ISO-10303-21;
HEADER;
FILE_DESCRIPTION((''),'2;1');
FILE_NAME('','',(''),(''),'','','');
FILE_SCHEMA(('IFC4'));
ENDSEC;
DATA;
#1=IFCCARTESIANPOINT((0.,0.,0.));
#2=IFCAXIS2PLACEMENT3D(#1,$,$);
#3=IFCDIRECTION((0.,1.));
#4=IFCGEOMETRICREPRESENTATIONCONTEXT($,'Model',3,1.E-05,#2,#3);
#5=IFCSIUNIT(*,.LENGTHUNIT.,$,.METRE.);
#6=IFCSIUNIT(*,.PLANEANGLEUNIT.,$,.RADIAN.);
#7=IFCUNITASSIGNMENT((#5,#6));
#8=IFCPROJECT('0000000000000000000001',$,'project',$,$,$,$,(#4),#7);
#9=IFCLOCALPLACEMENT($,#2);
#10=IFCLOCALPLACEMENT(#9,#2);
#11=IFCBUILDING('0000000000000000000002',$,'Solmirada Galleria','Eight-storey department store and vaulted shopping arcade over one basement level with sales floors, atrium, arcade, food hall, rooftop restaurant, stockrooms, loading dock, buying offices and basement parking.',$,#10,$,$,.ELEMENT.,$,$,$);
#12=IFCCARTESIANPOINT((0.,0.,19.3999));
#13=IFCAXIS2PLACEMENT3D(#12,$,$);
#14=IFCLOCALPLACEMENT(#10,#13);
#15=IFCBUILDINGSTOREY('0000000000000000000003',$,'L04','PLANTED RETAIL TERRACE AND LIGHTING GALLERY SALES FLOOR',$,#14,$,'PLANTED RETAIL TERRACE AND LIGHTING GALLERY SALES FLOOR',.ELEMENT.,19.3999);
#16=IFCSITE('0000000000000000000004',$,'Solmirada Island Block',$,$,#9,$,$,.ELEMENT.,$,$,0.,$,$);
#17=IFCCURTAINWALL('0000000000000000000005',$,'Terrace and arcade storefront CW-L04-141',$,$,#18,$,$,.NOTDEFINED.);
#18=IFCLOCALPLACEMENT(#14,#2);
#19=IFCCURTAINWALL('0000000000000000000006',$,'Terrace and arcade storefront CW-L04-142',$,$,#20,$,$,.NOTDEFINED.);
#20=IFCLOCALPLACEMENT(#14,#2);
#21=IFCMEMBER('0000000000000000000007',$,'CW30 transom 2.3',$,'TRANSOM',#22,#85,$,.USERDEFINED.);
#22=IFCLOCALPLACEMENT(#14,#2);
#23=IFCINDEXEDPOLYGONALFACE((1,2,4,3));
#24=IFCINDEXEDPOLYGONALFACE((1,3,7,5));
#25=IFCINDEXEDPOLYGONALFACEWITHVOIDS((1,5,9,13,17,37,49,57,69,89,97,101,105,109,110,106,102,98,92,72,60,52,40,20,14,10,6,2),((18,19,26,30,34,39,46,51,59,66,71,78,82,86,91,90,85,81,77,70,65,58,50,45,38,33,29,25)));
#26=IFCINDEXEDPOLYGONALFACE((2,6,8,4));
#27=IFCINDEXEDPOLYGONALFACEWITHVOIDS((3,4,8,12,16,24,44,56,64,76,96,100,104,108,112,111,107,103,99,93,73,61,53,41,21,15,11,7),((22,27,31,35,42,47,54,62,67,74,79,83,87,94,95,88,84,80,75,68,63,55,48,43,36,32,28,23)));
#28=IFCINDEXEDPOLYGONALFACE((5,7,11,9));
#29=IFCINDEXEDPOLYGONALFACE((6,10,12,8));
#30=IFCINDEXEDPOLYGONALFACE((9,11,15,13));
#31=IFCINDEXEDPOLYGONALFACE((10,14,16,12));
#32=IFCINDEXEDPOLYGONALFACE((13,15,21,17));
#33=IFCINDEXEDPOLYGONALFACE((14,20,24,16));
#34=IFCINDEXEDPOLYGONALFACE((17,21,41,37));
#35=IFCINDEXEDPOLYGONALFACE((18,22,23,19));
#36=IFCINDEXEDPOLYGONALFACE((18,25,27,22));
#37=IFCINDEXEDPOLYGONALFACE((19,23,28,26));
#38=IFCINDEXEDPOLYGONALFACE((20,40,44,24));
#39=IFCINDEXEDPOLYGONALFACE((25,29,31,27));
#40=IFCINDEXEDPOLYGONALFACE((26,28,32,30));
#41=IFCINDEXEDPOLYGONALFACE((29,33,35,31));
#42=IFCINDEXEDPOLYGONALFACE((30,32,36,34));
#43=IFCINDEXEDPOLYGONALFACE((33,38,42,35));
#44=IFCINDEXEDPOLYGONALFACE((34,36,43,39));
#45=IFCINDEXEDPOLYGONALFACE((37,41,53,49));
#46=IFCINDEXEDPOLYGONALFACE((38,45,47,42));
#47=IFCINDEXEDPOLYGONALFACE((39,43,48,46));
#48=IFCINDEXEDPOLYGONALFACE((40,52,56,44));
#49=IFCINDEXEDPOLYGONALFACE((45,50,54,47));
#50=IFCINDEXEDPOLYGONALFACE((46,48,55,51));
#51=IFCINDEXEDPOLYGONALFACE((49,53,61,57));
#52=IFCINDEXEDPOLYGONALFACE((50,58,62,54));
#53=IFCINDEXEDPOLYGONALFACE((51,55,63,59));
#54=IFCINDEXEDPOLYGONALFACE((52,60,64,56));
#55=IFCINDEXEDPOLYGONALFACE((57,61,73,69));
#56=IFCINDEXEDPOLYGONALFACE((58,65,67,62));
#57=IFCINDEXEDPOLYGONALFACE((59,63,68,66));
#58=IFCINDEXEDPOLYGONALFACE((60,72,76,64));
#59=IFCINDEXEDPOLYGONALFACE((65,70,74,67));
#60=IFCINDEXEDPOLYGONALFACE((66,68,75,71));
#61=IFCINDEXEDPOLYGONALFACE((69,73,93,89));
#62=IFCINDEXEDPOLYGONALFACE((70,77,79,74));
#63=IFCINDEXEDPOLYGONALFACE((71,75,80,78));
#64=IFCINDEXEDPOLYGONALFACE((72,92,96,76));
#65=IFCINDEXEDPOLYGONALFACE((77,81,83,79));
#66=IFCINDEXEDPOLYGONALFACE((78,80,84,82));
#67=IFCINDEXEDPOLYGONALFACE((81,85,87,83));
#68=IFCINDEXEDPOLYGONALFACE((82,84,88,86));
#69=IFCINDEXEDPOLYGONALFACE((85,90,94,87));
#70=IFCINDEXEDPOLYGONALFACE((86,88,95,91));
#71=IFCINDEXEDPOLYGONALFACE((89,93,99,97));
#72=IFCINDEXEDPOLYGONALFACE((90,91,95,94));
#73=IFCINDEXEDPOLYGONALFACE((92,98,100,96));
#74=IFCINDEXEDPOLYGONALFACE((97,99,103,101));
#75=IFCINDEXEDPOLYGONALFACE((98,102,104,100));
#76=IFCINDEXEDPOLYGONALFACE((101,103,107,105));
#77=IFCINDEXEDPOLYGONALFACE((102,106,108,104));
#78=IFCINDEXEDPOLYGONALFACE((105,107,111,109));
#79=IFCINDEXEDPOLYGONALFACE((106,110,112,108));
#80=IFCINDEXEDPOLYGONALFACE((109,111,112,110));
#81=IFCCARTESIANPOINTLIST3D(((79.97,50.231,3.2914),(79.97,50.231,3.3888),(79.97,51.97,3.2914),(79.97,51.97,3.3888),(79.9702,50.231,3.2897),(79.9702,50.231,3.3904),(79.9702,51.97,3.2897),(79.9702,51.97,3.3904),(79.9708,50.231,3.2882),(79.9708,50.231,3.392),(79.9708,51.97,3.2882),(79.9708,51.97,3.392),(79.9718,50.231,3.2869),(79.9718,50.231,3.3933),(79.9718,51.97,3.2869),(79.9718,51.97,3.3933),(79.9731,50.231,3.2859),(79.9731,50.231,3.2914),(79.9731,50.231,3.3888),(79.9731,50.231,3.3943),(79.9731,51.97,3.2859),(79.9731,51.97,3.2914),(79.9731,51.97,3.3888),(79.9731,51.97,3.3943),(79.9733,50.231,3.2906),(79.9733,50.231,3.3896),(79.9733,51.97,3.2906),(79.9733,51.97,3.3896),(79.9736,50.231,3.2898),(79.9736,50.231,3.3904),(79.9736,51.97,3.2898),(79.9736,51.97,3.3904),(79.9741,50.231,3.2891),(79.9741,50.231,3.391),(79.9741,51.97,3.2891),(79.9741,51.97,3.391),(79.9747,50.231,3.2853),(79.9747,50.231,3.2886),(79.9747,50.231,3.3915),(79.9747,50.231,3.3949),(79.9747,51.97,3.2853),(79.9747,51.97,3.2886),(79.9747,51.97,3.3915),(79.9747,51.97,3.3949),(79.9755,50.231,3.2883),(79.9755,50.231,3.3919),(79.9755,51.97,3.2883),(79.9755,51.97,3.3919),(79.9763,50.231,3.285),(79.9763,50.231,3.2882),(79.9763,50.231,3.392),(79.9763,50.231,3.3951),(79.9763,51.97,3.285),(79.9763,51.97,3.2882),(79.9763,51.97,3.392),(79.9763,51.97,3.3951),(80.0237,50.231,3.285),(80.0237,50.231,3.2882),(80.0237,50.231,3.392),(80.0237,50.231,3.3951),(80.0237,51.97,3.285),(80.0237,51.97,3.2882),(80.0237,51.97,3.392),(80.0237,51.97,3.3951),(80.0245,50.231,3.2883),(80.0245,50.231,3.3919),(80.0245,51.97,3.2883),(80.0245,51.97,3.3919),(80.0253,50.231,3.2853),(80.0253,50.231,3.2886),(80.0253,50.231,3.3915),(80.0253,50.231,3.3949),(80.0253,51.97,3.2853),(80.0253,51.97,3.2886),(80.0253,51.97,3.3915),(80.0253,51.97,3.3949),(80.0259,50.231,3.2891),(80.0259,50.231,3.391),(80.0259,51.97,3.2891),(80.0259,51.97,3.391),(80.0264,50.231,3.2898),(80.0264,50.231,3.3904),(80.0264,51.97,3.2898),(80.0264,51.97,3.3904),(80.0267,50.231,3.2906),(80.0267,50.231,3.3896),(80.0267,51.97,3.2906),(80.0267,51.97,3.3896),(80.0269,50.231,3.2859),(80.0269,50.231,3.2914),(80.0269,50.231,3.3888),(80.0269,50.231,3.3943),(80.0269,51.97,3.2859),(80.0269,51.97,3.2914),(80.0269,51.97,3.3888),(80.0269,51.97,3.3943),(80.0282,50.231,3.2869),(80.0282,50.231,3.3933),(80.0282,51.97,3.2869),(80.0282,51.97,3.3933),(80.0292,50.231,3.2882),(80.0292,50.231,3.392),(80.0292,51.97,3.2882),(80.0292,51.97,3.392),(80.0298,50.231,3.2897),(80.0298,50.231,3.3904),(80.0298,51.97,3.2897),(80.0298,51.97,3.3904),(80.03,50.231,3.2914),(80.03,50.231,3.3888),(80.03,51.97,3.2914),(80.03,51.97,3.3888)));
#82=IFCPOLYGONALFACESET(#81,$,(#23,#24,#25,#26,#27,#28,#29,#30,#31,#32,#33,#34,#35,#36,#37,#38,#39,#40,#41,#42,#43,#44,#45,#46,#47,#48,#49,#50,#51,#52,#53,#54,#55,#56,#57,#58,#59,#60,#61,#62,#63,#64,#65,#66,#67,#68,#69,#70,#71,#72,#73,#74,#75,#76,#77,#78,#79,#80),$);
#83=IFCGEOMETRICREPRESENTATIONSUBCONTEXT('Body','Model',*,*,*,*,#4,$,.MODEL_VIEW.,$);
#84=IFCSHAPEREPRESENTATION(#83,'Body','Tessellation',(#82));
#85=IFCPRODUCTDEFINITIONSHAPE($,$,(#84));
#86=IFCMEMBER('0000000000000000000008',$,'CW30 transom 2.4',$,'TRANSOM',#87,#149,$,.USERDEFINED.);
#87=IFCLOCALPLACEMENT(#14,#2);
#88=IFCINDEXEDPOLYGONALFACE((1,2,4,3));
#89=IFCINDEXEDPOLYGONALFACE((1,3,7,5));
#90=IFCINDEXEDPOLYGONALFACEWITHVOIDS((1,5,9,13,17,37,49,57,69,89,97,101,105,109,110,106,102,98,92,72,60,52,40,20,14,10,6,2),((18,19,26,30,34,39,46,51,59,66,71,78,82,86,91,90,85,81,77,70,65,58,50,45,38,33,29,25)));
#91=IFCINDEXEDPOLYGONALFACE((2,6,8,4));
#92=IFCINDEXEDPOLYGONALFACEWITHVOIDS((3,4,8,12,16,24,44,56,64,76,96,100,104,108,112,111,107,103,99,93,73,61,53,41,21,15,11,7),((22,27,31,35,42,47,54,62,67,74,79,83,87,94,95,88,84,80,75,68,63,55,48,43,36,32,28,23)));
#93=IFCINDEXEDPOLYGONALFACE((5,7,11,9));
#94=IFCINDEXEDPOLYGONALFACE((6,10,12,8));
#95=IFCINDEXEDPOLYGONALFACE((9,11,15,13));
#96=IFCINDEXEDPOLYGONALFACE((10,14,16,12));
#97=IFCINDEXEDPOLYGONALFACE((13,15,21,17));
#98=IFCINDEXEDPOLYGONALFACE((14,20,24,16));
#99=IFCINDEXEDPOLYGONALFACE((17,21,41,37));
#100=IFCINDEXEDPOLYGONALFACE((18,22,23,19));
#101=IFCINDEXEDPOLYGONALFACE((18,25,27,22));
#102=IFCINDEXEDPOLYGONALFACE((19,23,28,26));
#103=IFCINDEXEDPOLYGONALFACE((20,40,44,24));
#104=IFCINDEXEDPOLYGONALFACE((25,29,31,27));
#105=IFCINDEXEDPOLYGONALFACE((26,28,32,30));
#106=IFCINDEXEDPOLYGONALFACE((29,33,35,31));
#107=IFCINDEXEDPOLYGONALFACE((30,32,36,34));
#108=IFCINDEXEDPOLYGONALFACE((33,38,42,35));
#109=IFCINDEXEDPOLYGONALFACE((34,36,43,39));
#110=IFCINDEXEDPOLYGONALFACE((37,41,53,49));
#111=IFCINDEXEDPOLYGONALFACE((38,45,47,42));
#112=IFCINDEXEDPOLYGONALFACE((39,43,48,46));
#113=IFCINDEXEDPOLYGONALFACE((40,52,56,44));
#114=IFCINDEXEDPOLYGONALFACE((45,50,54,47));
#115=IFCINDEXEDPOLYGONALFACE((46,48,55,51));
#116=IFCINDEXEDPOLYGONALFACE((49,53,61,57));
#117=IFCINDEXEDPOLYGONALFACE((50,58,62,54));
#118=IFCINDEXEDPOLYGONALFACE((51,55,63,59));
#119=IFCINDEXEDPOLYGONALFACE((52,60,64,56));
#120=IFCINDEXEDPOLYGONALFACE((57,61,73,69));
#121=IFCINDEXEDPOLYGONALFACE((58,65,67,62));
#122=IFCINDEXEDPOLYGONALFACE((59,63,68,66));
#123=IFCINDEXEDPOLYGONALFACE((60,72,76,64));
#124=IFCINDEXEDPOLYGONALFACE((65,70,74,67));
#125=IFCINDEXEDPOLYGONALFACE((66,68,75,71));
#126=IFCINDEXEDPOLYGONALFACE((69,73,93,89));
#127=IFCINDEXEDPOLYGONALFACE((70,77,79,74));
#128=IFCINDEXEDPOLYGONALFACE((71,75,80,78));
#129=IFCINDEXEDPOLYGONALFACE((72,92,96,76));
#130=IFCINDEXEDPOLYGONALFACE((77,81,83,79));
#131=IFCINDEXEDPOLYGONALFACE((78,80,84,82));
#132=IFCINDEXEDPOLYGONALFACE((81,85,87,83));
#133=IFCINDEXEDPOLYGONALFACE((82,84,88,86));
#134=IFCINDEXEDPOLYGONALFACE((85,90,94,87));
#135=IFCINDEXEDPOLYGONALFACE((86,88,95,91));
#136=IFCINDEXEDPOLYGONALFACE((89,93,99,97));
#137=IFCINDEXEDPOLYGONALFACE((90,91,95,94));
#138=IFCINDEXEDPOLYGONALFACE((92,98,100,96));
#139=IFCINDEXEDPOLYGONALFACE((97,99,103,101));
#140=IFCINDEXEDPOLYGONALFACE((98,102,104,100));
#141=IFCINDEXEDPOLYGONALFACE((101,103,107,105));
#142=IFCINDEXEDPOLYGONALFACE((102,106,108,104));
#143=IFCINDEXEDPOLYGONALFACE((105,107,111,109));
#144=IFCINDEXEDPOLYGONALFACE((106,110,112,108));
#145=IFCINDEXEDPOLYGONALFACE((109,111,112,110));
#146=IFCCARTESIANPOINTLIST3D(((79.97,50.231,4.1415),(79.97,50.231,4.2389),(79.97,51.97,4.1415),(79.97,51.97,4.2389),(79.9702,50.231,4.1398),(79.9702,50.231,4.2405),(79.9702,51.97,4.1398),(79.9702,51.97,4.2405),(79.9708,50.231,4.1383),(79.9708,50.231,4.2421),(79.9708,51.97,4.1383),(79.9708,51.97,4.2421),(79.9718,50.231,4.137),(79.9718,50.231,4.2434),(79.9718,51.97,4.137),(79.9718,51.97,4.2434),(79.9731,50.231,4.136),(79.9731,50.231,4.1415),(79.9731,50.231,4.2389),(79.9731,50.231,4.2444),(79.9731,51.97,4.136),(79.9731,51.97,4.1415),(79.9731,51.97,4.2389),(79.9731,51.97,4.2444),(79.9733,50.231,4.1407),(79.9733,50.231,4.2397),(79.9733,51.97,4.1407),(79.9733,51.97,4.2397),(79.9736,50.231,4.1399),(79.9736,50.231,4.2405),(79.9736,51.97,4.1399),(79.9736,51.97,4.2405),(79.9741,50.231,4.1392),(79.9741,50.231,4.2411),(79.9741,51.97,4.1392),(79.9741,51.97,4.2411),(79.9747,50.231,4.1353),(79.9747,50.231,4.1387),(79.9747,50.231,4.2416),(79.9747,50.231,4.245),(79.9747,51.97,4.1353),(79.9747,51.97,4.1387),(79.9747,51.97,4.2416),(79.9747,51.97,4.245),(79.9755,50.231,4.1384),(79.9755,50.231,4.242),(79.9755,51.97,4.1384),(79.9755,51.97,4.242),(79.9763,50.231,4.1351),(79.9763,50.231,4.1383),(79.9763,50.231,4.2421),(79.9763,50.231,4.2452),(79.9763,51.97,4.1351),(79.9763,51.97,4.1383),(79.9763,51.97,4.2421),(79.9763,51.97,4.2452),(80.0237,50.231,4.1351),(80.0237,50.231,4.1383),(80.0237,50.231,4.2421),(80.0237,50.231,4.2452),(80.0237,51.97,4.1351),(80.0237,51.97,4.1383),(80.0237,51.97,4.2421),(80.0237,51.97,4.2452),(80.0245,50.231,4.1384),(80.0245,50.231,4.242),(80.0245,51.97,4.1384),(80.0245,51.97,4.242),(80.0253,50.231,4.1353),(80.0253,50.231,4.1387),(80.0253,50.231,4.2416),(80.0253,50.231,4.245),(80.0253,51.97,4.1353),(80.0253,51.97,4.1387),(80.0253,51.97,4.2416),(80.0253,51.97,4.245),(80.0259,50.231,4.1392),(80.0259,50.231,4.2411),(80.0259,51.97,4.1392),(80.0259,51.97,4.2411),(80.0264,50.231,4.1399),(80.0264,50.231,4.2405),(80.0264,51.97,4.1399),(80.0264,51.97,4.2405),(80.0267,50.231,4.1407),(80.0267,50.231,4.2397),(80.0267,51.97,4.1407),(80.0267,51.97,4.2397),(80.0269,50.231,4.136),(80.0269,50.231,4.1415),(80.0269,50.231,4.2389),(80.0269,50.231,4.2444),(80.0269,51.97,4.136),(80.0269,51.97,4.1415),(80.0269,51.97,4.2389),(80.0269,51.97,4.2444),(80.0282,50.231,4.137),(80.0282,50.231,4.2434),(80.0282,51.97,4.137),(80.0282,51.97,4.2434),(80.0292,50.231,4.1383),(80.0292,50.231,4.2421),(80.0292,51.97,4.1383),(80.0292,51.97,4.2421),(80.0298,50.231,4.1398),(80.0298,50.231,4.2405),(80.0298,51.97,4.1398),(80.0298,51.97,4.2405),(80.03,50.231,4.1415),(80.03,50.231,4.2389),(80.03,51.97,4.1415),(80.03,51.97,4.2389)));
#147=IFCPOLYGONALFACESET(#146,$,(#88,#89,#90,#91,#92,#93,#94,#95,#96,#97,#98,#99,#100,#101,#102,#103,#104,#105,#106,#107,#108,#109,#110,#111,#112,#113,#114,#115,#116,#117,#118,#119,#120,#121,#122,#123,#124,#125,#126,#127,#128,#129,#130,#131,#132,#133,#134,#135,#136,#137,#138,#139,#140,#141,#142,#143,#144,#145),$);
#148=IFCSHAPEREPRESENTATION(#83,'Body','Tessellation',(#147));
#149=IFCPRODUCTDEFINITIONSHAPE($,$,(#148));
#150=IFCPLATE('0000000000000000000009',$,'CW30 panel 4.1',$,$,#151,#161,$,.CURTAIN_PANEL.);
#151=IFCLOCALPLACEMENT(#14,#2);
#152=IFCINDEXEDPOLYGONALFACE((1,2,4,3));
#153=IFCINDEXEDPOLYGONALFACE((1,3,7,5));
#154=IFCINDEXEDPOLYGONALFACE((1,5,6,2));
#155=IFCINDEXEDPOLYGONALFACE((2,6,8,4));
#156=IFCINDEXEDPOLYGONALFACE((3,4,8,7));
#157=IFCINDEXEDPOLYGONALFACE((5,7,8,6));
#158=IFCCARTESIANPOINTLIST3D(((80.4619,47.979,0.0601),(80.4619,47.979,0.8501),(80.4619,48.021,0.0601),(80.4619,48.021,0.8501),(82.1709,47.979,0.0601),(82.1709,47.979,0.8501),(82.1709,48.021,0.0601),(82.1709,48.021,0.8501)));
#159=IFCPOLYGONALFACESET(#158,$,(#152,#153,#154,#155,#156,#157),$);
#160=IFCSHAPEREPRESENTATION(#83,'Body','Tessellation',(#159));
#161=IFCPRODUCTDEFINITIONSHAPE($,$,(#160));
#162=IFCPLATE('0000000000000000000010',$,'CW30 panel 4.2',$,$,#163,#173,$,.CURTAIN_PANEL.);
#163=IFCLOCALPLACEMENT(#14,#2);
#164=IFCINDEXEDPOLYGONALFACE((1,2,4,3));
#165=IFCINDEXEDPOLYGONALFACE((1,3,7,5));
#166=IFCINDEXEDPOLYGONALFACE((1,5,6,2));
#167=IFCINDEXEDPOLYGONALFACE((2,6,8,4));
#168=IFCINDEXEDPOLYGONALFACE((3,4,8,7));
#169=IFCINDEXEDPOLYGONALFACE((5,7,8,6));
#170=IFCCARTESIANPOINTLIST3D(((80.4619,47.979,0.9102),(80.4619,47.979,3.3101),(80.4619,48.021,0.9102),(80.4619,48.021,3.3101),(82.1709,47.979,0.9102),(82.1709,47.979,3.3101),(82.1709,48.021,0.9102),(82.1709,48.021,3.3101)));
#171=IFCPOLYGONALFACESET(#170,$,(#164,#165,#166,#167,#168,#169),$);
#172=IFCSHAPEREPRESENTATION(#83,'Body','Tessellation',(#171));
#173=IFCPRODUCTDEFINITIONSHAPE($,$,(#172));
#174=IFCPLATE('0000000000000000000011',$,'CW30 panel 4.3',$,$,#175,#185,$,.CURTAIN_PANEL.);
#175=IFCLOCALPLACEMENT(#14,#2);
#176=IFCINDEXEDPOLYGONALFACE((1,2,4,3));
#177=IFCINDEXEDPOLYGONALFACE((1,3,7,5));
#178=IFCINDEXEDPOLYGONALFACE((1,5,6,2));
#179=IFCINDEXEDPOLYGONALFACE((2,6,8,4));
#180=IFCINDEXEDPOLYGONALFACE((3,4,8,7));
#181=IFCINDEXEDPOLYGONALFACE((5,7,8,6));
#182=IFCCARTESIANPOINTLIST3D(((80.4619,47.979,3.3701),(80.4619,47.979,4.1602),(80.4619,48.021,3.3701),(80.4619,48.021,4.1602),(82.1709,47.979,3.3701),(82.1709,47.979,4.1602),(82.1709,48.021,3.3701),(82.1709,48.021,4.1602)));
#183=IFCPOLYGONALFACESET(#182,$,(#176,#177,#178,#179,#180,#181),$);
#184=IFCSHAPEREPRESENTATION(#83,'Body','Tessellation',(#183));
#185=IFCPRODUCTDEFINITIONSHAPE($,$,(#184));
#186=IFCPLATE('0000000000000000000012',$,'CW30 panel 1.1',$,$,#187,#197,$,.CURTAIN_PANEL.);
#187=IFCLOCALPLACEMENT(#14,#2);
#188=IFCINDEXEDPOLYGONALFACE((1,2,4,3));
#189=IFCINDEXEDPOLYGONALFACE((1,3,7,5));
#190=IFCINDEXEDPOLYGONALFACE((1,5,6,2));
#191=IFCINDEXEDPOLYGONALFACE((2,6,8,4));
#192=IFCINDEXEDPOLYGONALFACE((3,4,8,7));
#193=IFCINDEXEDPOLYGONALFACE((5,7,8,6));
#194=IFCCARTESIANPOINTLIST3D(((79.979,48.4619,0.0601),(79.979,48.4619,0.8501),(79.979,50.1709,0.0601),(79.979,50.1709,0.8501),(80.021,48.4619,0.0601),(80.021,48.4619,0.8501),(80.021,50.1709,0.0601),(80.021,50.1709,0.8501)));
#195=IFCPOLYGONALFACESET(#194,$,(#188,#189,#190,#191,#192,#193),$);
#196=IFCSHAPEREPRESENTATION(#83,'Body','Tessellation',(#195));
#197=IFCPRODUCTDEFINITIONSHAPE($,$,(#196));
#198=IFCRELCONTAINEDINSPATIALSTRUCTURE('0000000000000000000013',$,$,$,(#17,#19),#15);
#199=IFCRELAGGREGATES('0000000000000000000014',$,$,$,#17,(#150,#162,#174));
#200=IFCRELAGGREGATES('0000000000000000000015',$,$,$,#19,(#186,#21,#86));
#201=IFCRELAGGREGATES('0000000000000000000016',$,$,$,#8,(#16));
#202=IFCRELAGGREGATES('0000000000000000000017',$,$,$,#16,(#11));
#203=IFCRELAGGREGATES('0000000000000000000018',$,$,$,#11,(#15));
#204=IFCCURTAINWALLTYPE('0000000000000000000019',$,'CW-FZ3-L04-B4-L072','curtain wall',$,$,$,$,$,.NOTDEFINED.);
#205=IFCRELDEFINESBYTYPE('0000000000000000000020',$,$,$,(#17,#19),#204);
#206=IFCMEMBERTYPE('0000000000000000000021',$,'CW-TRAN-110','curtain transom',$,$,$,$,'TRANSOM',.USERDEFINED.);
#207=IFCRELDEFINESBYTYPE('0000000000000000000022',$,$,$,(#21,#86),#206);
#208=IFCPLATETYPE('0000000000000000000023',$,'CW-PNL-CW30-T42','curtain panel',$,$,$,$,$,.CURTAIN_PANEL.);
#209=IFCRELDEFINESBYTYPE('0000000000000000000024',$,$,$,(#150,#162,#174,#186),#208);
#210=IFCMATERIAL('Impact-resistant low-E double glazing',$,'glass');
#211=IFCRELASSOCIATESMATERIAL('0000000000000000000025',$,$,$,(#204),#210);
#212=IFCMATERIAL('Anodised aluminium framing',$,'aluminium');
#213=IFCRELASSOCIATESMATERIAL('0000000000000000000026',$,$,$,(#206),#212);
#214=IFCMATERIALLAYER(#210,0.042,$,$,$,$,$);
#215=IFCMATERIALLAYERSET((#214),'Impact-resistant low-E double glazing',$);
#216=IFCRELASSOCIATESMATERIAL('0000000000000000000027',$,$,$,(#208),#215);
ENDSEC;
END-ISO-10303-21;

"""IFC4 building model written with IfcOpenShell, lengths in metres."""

from ifc_helpers import new_model, si_unit, direction, frame, origin, origin_2d, place, context, subcontext, project, spatial, rectangle, hollow_rectangle, extrude, material, layer, layer_set, material_profile, profile_set, type_object, element, aggregate, save


model = new_model("IFC4")

# Units and contexts
model_context = context("Model", 3, precision=1e-05, world=origin(), true_north=direction((0.0, 1.0)))
body_context = subcontext(model_context, "Body", "Model", "MODEL_VIEW")
ifc_project = project(units=[si_unit("LENGTHUNIT", "METRE"), si_unit("PLANEANGLEUNIT", "RADIAN")], contexts=[model_context])

# Site, building, storey
site_placement = place(None, origin())
site = spatial("IfcSite", under=ifc_project, at=site_placement, Name="Solmirada Island Block", CompositionType="ELEMENT", RefElevation=0.0)
building_placement = place(site_placement, origin())
building = spatial("IfcBuilding", under=site, at=building_placement, Name="Solmirada Galleria", Description="Eight-storey department store and vaulted shopping arcade over one basement level with sales floors, atrium, arcade, food hall, rooftop restaurant, stockrooms, loading dock, buying offices and basement parking.", CompositionType="ELEMENT")
storey_placement = place(building_placement, frame((0.0, 0.0, 19.3999)))
storey = spatial("IfcBuildingStorey", under=building, at=storey_placement, Name="L04", Description="PLANTED RETAIL TERRACE AND LIGHTING GALLERY SALES FLOOR", LongName="PLANTED RETAIL TERRACE AND LIGHTING GALLERY SALES FLOOR", CompositionType="ELEMENT", Elevation=19.3999)

# Curtain wall
ifc_material_1 = material(Name="Impact-resistant low-E double glazing", Category="glass")
curtain_wall_type = type_object("IfcCurtainWallType", Name="CW-FZ3-L04-B4-L072", Description="curtain wall", PredefinedType="NOTDEFINED", material=ifc_material_1)
curtain_wall_1_placement = place(storey_placement, origin())
curtain_wall_1 = element("IfcCurtainWall", 1, at=curtain_wall_1_placement, inside=storey, type_object=curtain_wall_type, Name="Terrace and arcade storefront CW-L04-141", PredefinedType="NOTDEFINED")
ifc_material_2 = material(Name="Anodised aluminium framing", Category="aluminium")

# Curtain wall, members
curtain_wall_2_placement = place(storey_placement, origin())
curtain_wall_2 = element("IfcCurtainWall", 2, at=curtain_wall_2_placement, inside=storey, type_object=curtain_wall_type, Name="Terrace and arcade storefront CW-L04-142", PredefinedType="NOTDEFINED")
ifc_material_profile_1 = material_profile(ifc_material_2, hollow_rectangle(XDim=0.0601, YDim=0.1101, WallThickness=0.0032, InnerFilletRadius=0.0032, OuterFilletRadius=0.0063, at=origin_2d()), Name="ALU-TRAN-110X60")
ifc_profile_set_1 = profile_set([ifc_material_profile_1], Name="Anodised aluminium framing")
member_type_1 = type_object("IfcMemberType", Name="CW-TRAN-110", Description="curtain transom", ElementType="TRANSOM", PredefinedType="USERDEFINED", material=ifc_profile_set_1)
member_1_placement = place(storey_placement, frame((80.0, 50.231, 3.3401), z_axis=(0.0, 1.0, 0.0), x_axis=(-1.0, 0.0, 0.0)))
member_1 = element("IfcMember", 3, at=member_1_placement, type_object=member_type_1, Name="CW30 transom 2.3", ObjectType="TRANSOM", PredefinedType="USERDEFINED", context=body_context, shape_type="SweptSolid", body=[
    extrude(hollow_rectangle(XDim=0.0601, YDim=0.1101, WallThickness=0.0032, InnerFilletRadius=0.0032, OuterFilletRadius=0.0063, at=origin_2d()), origin(), (0.0, 0.0, 1.0), 1.739),
])
member_2_placement = place(storey_placement, frame((80.0, 50.231, 4.1902), z_axis=(0.0, 1.0, 0.0), x_axis=(-1.0, 0.0, 0.0)))
member_2 = element("IfcMember", 4, at=member_2_placement, type_object=member_type_1, Name="CW30 transom 2.4", ObjectType="TRANSOM", PredefinedType="USERDEFINED", context=body_context, shape_type="SweptSolid", body=[
    extrude(hollow_rectangle(XDim=0.0601, YDim=0.1101, WallThickness=0.0032, InnerFilletRadius=0.0032, OuterFilletRadius=0.0063, at=origin_2d()), origin(), (0.0, 0.0, 1.0), 1.739),
])

# Plates
ifc_layer_1 = layer(ifc_material_1, 0.042)
ifc_layer_set_1 = layer_set([ifc_layer_1], Name="Impact-resistant low-E double glazing")
plate_type = type_object("IfcPlateType", Name="CW-PNL-CW30-T42", Description="curtain panel", PredefinedType="CURTAIN_PANEL", material=ifc_layer_set_1)
plate_1_placement = place(storey_placement, frame((81.3164, 48.0, 0.0601), z_axis=(0.0, 0.0, 1.0), x_axis=(-1.0, 0.0, 0.0)))
plate_1 = element("IfcPlate", 5, at=plate_1_placement, type_object=plate_type, Name="CW30 panel 4.1", PredefinedType="CURTAIN_PANEL", context=body_context, shape_type="SweptSolid", body=[
    extrude(rectangle(XDim=1.709, YDim=0.042, at=origin_2d()), origin(), (0.0, 0.0, 1.0), 0.79),
])
plate_2_placement = place(storey_placement, frame((81.3164, 48.0, 0.9102), z_axis=(0.0, 0.0, 1.0), x_axis=(-1.0, 0.0, 0.0)))
plate_2 = element("IfcPlate", 6, at=plate_2_placement, type_object=plate_type, Name="CW30 panel 4.2", PredefinedType="CURTAIN_PANEL", context=body_context, shape_type="SweptSolid", body=[
    extrude(rectangle(XDim=1.709, YDim=0.042, at=origin_2d()), origin(), (0.0, 0.0, 1.0), 2.3999),
])
plate_3_placement = place(storey_placement, frame((81.3164, 48.0, 3.3701), z_axis=(0.0, 0.0, 1.0), x_axis=(-1.0, 0.0, 0.0)))
plate_3 = element("IfcPlate", 7, at=plate_3_placement, type_object=plate_type, Name="CW30 panel 4.3", PredefinedType="CURTAIN_PANEL", context=body_context, shape_type="SweptSolid", body=[
    extrude(rectangle(XDim=1.709, YDim=0.042, at=origin_2d()), origin(), (0.0, 0.0, 1.0), 0.79),
])
aggregate(curtain_wall_1, [plate_1, plate_2, plate_3])
plate_4_placement = place(storey_placement, frame((80.0, 49.3164, 0.0601), z_axis=(0.0, 0.0, 1.0), x_axis=(0.0, 1.0, 0.0)))
plate_4 = element("IfcPlate", 8, at=plate_4_placement, type_object=plate_type, Name="CW30 panel 1.1", PredefinedType="CURTAIN_PANEL", context=body_context, shape_type="SweptSolid", body=[
    extrude(rectangle(XDim=1.709, YDim=0.042, at=origin_2d()), origin(), (0.0, 0.0, 1.0), 0.79),
])
aggregate(curtain_wall_2, [plate_4, member_1, member_2])

save(model, "model.ifc")
